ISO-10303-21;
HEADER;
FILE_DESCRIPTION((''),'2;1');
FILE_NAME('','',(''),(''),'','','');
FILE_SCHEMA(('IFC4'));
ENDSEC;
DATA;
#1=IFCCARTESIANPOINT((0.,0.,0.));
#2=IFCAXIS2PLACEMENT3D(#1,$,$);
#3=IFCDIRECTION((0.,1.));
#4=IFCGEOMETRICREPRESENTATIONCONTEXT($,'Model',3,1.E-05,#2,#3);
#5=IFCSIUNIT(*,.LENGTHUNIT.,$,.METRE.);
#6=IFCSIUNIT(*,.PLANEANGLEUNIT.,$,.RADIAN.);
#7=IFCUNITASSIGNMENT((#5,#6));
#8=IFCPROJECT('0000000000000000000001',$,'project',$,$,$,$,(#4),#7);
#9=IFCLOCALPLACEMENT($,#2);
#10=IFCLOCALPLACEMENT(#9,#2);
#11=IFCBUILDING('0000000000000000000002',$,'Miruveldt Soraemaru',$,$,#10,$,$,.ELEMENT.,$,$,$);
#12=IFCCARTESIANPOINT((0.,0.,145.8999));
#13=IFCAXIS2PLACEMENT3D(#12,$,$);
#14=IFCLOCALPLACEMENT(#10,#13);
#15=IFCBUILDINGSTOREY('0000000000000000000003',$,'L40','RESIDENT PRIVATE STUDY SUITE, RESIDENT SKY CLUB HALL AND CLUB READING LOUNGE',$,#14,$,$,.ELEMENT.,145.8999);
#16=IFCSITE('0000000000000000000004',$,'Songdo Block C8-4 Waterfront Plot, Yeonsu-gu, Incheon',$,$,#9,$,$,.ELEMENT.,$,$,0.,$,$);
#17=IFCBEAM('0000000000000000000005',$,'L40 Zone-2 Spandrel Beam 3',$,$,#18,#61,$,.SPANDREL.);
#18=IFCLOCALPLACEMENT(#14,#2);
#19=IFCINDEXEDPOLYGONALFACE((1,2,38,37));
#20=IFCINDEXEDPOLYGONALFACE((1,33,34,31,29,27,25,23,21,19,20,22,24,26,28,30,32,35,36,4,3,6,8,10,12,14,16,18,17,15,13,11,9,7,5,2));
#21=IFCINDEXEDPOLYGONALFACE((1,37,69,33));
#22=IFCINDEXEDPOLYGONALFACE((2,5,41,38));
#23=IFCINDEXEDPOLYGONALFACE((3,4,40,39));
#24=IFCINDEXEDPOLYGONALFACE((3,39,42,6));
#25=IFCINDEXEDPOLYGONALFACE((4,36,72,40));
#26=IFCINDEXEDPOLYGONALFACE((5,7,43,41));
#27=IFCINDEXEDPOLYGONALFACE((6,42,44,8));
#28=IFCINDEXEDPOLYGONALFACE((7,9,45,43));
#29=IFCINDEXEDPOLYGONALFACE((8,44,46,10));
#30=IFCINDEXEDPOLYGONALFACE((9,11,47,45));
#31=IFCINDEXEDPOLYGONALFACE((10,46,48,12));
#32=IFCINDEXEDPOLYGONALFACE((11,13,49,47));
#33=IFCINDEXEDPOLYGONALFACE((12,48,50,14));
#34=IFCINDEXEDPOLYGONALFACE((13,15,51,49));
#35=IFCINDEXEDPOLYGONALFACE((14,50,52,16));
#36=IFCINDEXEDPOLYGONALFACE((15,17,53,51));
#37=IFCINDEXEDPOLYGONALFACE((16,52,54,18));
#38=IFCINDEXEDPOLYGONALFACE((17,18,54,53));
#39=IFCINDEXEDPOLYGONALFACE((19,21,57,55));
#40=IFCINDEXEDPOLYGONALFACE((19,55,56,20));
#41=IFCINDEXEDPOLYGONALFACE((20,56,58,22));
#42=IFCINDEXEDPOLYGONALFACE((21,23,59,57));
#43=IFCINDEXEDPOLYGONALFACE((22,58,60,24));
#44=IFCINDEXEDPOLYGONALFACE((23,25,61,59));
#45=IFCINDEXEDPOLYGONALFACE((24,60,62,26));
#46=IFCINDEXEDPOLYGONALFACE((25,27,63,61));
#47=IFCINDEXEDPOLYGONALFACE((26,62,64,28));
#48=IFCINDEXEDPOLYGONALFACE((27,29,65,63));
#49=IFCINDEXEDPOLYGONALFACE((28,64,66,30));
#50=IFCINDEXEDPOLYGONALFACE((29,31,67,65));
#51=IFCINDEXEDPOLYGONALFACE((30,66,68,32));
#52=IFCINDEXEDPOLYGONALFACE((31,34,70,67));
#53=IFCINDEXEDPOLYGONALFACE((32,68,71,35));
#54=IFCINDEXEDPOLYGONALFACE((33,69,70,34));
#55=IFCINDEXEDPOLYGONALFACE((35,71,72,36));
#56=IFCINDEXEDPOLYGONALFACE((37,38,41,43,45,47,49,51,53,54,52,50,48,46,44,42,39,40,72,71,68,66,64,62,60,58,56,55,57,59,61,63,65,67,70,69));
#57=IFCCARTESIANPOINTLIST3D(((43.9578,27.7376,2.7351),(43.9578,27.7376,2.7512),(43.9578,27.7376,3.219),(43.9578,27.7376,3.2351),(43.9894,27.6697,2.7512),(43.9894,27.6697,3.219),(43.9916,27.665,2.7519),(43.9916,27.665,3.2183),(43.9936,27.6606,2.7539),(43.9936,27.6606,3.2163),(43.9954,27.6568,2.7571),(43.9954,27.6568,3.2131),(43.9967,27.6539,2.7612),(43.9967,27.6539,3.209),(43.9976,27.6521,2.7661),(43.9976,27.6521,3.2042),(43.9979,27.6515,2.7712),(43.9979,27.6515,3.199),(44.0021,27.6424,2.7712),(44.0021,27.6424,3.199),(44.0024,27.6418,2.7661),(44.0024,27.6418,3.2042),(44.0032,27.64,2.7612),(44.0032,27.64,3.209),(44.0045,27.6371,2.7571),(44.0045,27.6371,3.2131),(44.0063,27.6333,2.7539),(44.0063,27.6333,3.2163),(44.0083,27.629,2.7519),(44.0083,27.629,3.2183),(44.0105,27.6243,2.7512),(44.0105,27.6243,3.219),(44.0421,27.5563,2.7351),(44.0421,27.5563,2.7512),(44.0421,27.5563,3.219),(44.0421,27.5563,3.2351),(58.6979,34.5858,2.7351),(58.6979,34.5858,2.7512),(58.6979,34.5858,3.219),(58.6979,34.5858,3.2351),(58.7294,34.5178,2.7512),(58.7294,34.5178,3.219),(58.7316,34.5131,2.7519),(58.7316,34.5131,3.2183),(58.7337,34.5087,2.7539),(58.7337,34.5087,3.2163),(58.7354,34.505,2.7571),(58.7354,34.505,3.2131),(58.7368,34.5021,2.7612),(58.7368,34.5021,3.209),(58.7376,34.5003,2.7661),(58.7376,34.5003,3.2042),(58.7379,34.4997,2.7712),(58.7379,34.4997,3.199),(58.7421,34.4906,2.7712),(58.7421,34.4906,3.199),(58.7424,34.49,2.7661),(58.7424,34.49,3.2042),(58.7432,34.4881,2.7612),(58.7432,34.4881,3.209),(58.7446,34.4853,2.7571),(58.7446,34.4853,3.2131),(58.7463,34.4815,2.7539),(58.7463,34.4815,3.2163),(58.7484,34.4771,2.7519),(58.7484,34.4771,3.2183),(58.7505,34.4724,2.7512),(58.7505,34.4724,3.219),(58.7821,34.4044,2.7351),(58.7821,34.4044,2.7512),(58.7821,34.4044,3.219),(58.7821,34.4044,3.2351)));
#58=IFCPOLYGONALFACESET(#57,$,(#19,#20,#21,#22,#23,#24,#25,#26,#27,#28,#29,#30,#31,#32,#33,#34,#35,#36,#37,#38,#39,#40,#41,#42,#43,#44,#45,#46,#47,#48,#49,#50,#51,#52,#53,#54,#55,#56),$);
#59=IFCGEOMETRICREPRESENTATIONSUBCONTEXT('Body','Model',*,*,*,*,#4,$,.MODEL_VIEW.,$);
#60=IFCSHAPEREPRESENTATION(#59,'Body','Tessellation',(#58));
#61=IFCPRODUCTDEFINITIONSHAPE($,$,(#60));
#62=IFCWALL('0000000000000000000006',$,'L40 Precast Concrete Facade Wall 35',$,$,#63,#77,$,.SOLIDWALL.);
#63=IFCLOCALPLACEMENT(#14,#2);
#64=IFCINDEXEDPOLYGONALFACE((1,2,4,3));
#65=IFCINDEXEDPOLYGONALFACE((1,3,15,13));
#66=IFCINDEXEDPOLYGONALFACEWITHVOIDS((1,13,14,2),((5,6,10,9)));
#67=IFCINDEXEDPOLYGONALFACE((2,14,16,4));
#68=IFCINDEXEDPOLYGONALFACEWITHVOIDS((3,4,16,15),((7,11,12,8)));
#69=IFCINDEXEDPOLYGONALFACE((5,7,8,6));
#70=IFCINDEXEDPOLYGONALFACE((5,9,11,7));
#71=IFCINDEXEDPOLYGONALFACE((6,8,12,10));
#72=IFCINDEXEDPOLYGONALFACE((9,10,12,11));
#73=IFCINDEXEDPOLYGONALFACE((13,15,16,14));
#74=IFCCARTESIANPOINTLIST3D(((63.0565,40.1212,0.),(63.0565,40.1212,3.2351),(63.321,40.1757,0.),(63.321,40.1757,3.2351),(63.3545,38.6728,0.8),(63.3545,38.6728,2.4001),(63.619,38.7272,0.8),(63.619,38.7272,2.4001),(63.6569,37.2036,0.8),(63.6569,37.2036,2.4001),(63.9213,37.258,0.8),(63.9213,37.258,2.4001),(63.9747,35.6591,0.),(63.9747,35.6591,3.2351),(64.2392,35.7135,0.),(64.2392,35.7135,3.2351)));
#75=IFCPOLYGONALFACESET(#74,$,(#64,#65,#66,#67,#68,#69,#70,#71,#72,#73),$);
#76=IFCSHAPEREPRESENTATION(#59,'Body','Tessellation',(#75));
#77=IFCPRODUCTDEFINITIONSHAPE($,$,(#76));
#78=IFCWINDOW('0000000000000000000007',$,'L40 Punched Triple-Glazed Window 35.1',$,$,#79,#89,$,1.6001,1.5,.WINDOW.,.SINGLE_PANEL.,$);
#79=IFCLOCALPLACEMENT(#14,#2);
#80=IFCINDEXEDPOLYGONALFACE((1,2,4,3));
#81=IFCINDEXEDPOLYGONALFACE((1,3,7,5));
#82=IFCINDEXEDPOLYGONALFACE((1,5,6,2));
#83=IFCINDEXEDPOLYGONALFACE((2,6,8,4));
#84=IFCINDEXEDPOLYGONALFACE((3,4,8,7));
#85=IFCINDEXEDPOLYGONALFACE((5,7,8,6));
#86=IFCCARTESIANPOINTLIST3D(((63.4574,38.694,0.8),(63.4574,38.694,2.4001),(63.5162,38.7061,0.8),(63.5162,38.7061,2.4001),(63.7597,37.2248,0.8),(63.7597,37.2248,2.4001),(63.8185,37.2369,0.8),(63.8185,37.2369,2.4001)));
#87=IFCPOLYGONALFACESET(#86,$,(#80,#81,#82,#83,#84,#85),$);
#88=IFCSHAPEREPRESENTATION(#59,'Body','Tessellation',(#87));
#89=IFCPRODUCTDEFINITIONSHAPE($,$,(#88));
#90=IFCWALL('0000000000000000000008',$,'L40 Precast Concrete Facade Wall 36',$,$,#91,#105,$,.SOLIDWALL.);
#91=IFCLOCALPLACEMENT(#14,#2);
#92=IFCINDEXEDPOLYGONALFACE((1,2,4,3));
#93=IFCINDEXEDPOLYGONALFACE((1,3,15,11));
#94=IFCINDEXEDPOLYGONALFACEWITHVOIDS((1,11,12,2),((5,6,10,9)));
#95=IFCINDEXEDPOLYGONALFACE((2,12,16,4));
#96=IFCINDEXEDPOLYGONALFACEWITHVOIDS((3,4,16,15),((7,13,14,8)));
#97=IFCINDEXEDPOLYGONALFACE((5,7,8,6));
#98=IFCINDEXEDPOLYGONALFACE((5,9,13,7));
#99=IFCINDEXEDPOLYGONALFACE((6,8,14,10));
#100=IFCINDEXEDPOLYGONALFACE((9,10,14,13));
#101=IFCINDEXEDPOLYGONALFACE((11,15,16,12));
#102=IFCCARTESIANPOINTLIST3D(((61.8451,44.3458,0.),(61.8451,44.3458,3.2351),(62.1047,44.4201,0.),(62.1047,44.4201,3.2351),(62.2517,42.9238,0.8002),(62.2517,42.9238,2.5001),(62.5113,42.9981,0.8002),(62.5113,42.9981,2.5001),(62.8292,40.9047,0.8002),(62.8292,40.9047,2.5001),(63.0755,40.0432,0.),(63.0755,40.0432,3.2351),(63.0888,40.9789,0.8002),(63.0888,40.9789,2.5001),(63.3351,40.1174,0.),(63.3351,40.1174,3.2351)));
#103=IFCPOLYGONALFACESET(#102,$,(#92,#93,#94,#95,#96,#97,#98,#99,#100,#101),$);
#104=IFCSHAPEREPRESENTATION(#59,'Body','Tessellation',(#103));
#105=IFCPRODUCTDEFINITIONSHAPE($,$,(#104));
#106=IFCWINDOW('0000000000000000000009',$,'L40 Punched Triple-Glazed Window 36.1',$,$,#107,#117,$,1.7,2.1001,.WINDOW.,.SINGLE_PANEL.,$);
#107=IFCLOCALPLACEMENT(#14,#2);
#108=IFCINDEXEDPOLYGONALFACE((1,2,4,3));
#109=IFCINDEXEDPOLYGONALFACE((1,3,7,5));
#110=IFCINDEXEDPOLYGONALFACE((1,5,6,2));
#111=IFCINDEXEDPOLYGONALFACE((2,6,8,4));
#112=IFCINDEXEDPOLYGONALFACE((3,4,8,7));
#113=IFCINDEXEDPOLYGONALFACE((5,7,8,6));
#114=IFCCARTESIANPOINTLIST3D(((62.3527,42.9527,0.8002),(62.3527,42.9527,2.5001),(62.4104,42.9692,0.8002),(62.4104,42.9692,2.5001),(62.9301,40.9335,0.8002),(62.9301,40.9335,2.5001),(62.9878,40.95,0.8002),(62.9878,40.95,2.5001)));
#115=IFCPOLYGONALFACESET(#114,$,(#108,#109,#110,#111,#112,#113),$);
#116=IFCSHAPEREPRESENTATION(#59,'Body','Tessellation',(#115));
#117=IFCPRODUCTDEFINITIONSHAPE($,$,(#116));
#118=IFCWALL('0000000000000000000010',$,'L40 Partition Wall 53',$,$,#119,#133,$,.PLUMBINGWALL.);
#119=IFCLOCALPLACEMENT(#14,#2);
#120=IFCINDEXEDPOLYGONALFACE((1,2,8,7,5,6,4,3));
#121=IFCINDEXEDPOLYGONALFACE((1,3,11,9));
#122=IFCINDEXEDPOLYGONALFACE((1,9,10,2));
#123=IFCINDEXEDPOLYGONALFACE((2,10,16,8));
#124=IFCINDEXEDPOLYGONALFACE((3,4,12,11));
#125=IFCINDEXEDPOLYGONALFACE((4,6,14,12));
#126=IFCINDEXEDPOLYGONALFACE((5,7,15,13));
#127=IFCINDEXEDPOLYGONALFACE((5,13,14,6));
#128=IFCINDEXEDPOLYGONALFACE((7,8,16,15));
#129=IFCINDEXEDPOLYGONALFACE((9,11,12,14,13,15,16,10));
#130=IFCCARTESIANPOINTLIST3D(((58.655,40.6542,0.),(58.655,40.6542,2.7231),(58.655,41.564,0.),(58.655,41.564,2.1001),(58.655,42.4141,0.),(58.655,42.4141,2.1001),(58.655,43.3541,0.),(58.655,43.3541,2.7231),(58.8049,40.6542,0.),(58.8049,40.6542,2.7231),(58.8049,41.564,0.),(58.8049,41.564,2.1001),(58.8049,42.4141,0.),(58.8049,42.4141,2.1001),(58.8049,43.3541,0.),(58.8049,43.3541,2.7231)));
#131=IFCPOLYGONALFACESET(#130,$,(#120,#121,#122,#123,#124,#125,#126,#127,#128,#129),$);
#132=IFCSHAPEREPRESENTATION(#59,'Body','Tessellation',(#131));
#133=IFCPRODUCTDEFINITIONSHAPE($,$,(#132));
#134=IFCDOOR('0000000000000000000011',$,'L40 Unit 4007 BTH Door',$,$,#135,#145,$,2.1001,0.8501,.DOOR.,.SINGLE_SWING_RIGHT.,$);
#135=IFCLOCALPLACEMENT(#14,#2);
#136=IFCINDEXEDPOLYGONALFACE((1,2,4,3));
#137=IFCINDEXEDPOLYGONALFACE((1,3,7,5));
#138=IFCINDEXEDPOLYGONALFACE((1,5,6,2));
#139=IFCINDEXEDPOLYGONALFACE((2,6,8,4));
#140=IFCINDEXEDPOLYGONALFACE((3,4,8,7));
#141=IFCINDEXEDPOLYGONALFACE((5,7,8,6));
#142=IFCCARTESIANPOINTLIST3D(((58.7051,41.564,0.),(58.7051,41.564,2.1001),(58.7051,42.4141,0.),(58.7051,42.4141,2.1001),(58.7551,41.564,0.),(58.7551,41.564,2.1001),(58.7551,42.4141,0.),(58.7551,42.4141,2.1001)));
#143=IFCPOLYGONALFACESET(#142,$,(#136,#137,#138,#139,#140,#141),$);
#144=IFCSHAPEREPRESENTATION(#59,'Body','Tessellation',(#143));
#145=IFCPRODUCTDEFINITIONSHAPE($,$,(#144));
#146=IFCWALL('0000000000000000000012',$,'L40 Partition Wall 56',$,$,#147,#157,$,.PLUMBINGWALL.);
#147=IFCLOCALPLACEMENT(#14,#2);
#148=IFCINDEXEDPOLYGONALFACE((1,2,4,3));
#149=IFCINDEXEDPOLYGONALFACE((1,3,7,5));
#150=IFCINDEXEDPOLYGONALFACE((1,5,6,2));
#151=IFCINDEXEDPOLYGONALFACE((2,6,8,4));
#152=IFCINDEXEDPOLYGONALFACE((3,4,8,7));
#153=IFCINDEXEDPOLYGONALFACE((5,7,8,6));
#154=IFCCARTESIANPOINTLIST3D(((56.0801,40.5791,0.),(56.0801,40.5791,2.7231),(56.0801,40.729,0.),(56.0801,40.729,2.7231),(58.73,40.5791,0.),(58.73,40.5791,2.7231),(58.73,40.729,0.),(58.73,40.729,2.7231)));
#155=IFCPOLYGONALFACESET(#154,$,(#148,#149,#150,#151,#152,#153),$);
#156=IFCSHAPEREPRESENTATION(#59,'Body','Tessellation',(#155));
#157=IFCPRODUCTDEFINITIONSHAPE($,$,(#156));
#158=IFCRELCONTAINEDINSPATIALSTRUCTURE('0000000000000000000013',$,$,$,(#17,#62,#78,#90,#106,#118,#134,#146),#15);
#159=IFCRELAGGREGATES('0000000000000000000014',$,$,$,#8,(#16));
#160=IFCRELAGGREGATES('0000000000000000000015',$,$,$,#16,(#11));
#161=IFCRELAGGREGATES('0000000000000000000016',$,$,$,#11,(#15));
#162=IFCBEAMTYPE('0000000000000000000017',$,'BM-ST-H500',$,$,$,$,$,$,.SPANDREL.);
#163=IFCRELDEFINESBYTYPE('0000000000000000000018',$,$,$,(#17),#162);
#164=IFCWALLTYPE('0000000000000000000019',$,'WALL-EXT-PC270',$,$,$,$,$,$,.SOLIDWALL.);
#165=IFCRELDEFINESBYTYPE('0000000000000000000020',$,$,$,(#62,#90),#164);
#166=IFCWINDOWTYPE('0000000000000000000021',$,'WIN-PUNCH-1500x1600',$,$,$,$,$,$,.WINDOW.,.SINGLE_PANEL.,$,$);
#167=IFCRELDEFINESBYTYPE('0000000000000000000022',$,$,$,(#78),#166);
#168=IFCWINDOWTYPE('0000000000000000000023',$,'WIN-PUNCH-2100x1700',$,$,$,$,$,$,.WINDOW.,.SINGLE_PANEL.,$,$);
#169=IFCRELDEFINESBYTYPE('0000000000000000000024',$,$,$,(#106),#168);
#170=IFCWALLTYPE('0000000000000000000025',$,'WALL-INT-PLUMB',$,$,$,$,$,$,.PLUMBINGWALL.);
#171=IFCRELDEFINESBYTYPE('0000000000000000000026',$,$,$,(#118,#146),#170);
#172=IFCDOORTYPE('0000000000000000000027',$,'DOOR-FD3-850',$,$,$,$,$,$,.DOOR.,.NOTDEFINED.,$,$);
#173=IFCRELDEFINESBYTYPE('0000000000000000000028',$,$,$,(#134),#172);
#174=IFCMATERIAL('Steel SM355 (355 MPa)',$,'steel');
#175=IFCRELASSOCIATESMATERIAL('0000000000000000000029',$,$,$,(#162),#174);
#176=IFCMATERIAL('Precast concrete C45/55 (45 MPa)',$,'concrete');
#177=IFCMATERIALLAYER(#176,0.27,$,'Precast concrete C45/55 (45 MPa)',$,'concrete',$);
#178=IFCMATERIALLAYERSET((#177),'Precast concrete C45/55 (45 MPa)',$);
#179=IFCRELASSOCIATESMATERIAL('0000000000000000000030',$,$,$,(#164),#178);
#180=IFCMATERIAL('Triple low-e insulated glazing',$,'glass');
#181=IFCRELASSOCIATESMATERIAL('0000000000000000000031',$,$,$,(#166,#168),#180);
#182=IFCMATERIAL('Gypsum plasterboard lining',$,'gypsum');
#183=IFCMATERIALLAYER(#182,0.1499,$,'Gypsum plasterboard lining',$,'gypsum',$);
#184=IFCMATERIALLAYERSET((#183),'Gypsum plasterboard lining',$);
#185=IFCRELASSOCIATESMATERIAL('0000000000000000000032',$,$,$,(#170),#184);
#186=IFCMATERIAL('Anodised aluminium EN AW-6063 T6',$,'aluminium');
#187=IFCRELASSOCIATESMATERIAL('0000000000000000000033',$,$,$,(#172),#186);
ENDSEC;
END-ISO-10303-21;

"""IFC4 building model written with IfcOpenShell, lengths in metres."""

from ifc_helpers import new_model, si_unit, direction, frame, frame_2d, origin, origin_2d, place, context, subcontext, project, spatial, rectangle, i_section, extrude, material, layer, layer_set, material_profile, profile_set, type_object, element, fill, save


model = new_model("IFC4")

# Units and contexts
model_context = context("Model", 3, precision=1e-05, world=origin(), true_north=direction((0.0, 1.0)))
body_context = subcontext(model_context, "Body", "Model", "MODEL_VIEW")
ifc_project = project(units=[si_unit("LENGTHUNIT", "METRE"), si_unit("PLANEANGLEUNIT", "RADIAN")], contexts=[model_context])

# Site, building, storey
site_placement = place(None, origin())
site = spatial("IfcSite", under=ifc_project, at=site_placement, Name="Songdo Block C8-4 Waterfront Plot, Yeonsu-gu, Incheon", CompositionType="ELEMENT", RefElevation=0.0)
building_placement = place(site_placement, origin())
building = spatial("IfcBuilding", under=site, at=building_placement, Name="Miruveldt Soraemaru", CompositionType="ELEMENT")
storey_placement = place(building_placement, frame((0.0, 0.0, 145.8999)))
storey = spatial("IfcBuildingStorey", under=building, at=storey_placement, Name="L40", Description="RESIDENT PRIVATE STUDY SUITE, RESIDENT SKY CLUB HALL AND CLUB READING LOUNGE", CompositionType="ELEMENT", Elevation=145.8999)

# Beam
ifc_material_1 = material(Name="Steel SM355 (355 MPa)", Category="steel")
ifc_material_profile_1 = material_profile(ifc_material_1, i_section(OverallWidth=0.2, OverallDepth=0.5, WebThickness=0.01, FlangeThickness=0.0161, FilletRadius=0.02, at=origin_2d()), Name="Steel SM355 (355 MPa)", Category="steel")
ifc_profile_set_1 = profile_set([ifc_material_profile_1], Name="Steel SM355 (355 MPa)")
beam_type_1 = type_object("IfcBeamType", Name="BM-ST-H500", PredefinedType="SPANDREL", material=ifc_profile_set_1)
beam_1_placement = place(storey_placement, frame((58.74, 34.4951, 2.9851), z_axis=(-0.906901, -0.421343, 0.0), x_axis=(0.421343, -0.906901, 0.0)))
element("IfcBeam", 1, at=beam_1_placement, inside=storey, type_object=beam_type_1, Name="L40 Zone-2 Spandrel Beam 3", PredefinedType="SPANDREL", context=body_context, shape_type="SweptSolid", body=[
    extrude(i_section(OverallWidth=0.2, OverallDepth=0.5, WebThickness=0.01, FlangeThickness=0.0161, FilletRadius=0.02, at=origin_2d()), origin(), (0.0, 0.0, 1.0), 16.2532),
])

# Walls, openings, windows
ifc_material_2 = material(Name="Precast concrete C45/55 (45 MPa)", Category="concrete")
ifc_layer_1 = layer(ifc_material_2, 0.27, Name="Precast concrete C45/55 (45 MPa)", Category="concrete")
ifc_layer_set_1 = layer_set([ifc_layer_1], Name="Precast concrete C45/55 (45 MPa)")
wall_type_1 = type_object("IfcWallType", Name="WALL-EXT-PC270", PredefinedType="SOLIDWALL", material=ifc_layer_set_1)
wall_1_placement = place(storey_placement, frame((64.1069, 35.6863, 0.0), z_axis=(0.0, 0.0, 1.0), x_axis=(-0.201555, 0.979477, 0.0)))
wall_1 = element("IfcWall", 2, at=wall_1_placement, inside=storey, type_object=wall_type_1, Name="L40 Precast Concrete Facade Wall 35", PredefinedType="SOLIDWALL", context=body_context, shape_type="SweptSolid", body=[
    extrude(rectangle(XDim=4.5557, YDim=0.27, at=frame_2d((2.2778, 0.0))), origin(), (0.0, 0.0, 1.0), 3.2351),
])
opening_1_placement = place(wall_1_placement, frame((1.5769, 0.0, 0.8)))
opening_1 = element("IfcOpeningElement", 3, at=opening_1_placement, cuts=wall_1, PredefinedType="OPENING", context=body_context, shape_type="SweptSolid", body=[
    extrude(rectangle(XDim=1.5, YDim=1.6001, at=frame_2d((0.75, 0.8))), frame((0.0, 0.145, 0.0), z_axis=(0.0, -1.0, 0.0), x_axis=(1.0, 0.0, 0.0)), (0.0, 0.0, 1.0), 0.29),
])
ifc_material_3 = material(Name="Triple low-e insulated glazing", Category="glass")
window_type_1 = type_object("IfcWindowType", Name="WIN-PUNCH-1500x1600", PartitioningType="SINGLE_PANEL", PredefinedType="WINDOW", material=ifc_material_3)
window_1_placement = place(opening_1_placement, origin())
window_1 = element("IfcWindow", 4, at=window_1_placement, inside=storey, type_object=window_type_1, Name="L40 Punched Triple-Glazed Window 35.1", OverallHeight=1.6001, OverallWidth=1.5, PartitioningType="SINGLE_PANEL", PredefinedType="WINDOW", context=body_context, shape_type="SweptSolid", body=[
    extrude(rectangle(XDim=1.5, YDim=1.6001, at=frame_2d((0.75, 0.8))), frame((0.0, 0.03, 0.0), z_axis=(0.0, -1.0, 0.0), x_axis=(1.0, 0.0, 0.0)), (0.0, 0.0, 1.0), 0.0601),
])
fill(opening_1, window_1)
wall_2_placement = place(storey_placement, frame((63.2053, 40.0803, 0.0), z_axis=(0.0, 0.0, 1.0), x_axis=(-0.274952, 0.961458, 0.0)))
wall_2 = element("IfcWall", 5, at=wall_2_placement, inside=storey, type_object=wall_type_1, Name="L40 Precast Concrete Facade Wall 36", PredefinedType="SOLIDWALL", context=body_context, shape_type="SweptSolid", body=[
    extrude(rectangle(XDim=4.4751, YDim=0.27, at=frame_2d((2.2375, 0.0))), origin(), (0.0, 0.0, 1.0), 3.2351),
])
opening_2_placement = place(wall_2_placement, frame((0.896, 0.0, 0.8)))
opening_2 = element("IfcOpeningElement", 6, at=opening_2_placement, cuts=wall_2, PredefinedType="OPENING", context=body_context, shape_type="SweptSolid", body=[
    extrude(rectangle(XDim=2.1001, YDim=1.7, at=frame_2d((1.05, 0.8501))), frame((0.0, 0.145, 0.0), z_axis=(0.0, -1.0, 0.0), x_axis=(1.0, 0.0, 0.0)), (0.0, 0.0, 1.0), 0.29),
])
window_type_2 = type_object("IfcWindowType", Name="WIN-PUNCH-2100x1700", PartitioningType="SINGLE_PANEL", PredefinedType="WINDOW", material=ifc_material_3)
window_2_placement = place(opening_2_placement, origin())
window_2 = element("IfcWindow", 7, at=window_2_placement, inside=storey, type_object=window_type_2, Name="L40 Punched Triple-Glazed Window 36.1", OverallHeight=1.7, OverallWidth=2.1001, PartitioningType="SINGLE_PANEL", PredefinedType="WINDOW", context=body_context, shape_type="SweptSolid", body=[
    extrude(rectangle(XDim=2.1001, YDim=1.7, at=frame_2d((1.05, 0.8501))), frame((0.0, 0.03, 0.0), z_axis=(0.0, -1.0, 0.0), x_axis=(1.0, 0.0, 0.0)), (0.0, 0.0, 1.0), 0.0601),
])
fill(opening_2, window_2)

# Wall, opening, door
ifc_material_4 = material(Name="Gypsum plasterboard lining", Category="gypsum")
ifc_layer_2 = layer(ifc_material_4, 0.1499, Name="Gypsum plasterboard lining", Category="gypsum")
ifc_layer_set_2 = layer_set([ifc_layer_2], Name="Gypsum plasterboard lining")
wall_type_2 = type_object("IfcWallType", Name="WALL-INT-PLUMB", PredefinedType="PLUMBINGWALL", material=ifc_layer_set_2)
wall_3_placement = place(storey_placement, frame((58.73, 40.6541, 0.0), z_axis=(0.0, 0.0, 1.0), x_axis=(0.0, 1.0, 0.0)))
wall_3 = element("IfcWall", 8, at=wall_3_placement, inside=storey, type_object=wall_type_2, Name="L40 Partition Wall 53", PredefinedType="PLUMBINGWALL", context=body_context, shape_type="SweptSolid", body=[
    extrude(rectangle(XDim=2.7, YDim=0.1499, at=frame_2d((1.3501, 0.0))), origin(), (0.0, 0.0, 1.0), 2.7231),
])
opening_3_placement = place(wall_3_placement, frame((0.9099, 0.0, 0.0)))
opening_3 = element("IfcOpeningElement", 9, at=opening_3_placement, cuts=wall_3, PredefinedType="OPENING", context=body_context, shape_type="SweptSolid", body=[
    extrude(rectangle(XDim=0.8501, YDim=2.1001, at=frame_2d((0.425, 1.05))), frame((0.0, 0.085, 0.0), z_axis=(0.0, -1.0, 0.0), x_axis=(1.0, 0.0, 0.0)), (0.0, 0.0, 1.0), 0.1699),
])
ifc_material_5 = material(Name="Anodised aluminium EN AW-6063 T6", Category="aluminium")
door_type_1 = type_object("IfcDoorType", Name="DOOR-FD3-850", OperationType="NOTDEFINED", PredefinedType="DOOR", material=ifc_material_5)
door_1_placement = place(opening_3_placement, origin())
door_1 = element("IfcDoor", 10, at=door_1_placement, inside=storey, type_object=door_type_1, Name="L40 Unit 4007 BTH Door", OperationType="SINGLE_SWING_RIGHT", OverallHeight=2.1001, OverallWidth=0.8501, PredefinedType="DOOR", context=body_context, shape_type="SweptSolid", body=[
    extrude(rectangle(XDim=0.8501, YDim=2.1001, at=frame_2d((0.425, 1.05))), frame((0.0, 0.0249, 0.0), z_axis=(0.0, -1.0, 0.0), x_axis=(1.0, 0.0, 0.0)), (0.0, 0.0, 1.0), 0.05),
])
fill(opening_3, door_1)

# Wall
wall_4_placement = place(storey_placement, frame((56.0801, 40.6541, 0.0), z_axis=(0.0, 0.0, 1.0), x_axis=(1.0, 0.0, 0.0)))
element("IfcWall", 11, at=wall_4_placement, inside=storey, type_object=wall_type_2, Name="L40 Partition Wall 56", PredefinedType="PLUMBINGWALL", context=body_context, shape_type="SweptSolid", body=[
    extrude(rectangle(XDim=2.6499, YDim=0.1499, at=frame_2d((1.325, 0.0))), origin(), (0.0, 0.0, 1.0), 2.7231),
])

save(model, "model.ifc")
